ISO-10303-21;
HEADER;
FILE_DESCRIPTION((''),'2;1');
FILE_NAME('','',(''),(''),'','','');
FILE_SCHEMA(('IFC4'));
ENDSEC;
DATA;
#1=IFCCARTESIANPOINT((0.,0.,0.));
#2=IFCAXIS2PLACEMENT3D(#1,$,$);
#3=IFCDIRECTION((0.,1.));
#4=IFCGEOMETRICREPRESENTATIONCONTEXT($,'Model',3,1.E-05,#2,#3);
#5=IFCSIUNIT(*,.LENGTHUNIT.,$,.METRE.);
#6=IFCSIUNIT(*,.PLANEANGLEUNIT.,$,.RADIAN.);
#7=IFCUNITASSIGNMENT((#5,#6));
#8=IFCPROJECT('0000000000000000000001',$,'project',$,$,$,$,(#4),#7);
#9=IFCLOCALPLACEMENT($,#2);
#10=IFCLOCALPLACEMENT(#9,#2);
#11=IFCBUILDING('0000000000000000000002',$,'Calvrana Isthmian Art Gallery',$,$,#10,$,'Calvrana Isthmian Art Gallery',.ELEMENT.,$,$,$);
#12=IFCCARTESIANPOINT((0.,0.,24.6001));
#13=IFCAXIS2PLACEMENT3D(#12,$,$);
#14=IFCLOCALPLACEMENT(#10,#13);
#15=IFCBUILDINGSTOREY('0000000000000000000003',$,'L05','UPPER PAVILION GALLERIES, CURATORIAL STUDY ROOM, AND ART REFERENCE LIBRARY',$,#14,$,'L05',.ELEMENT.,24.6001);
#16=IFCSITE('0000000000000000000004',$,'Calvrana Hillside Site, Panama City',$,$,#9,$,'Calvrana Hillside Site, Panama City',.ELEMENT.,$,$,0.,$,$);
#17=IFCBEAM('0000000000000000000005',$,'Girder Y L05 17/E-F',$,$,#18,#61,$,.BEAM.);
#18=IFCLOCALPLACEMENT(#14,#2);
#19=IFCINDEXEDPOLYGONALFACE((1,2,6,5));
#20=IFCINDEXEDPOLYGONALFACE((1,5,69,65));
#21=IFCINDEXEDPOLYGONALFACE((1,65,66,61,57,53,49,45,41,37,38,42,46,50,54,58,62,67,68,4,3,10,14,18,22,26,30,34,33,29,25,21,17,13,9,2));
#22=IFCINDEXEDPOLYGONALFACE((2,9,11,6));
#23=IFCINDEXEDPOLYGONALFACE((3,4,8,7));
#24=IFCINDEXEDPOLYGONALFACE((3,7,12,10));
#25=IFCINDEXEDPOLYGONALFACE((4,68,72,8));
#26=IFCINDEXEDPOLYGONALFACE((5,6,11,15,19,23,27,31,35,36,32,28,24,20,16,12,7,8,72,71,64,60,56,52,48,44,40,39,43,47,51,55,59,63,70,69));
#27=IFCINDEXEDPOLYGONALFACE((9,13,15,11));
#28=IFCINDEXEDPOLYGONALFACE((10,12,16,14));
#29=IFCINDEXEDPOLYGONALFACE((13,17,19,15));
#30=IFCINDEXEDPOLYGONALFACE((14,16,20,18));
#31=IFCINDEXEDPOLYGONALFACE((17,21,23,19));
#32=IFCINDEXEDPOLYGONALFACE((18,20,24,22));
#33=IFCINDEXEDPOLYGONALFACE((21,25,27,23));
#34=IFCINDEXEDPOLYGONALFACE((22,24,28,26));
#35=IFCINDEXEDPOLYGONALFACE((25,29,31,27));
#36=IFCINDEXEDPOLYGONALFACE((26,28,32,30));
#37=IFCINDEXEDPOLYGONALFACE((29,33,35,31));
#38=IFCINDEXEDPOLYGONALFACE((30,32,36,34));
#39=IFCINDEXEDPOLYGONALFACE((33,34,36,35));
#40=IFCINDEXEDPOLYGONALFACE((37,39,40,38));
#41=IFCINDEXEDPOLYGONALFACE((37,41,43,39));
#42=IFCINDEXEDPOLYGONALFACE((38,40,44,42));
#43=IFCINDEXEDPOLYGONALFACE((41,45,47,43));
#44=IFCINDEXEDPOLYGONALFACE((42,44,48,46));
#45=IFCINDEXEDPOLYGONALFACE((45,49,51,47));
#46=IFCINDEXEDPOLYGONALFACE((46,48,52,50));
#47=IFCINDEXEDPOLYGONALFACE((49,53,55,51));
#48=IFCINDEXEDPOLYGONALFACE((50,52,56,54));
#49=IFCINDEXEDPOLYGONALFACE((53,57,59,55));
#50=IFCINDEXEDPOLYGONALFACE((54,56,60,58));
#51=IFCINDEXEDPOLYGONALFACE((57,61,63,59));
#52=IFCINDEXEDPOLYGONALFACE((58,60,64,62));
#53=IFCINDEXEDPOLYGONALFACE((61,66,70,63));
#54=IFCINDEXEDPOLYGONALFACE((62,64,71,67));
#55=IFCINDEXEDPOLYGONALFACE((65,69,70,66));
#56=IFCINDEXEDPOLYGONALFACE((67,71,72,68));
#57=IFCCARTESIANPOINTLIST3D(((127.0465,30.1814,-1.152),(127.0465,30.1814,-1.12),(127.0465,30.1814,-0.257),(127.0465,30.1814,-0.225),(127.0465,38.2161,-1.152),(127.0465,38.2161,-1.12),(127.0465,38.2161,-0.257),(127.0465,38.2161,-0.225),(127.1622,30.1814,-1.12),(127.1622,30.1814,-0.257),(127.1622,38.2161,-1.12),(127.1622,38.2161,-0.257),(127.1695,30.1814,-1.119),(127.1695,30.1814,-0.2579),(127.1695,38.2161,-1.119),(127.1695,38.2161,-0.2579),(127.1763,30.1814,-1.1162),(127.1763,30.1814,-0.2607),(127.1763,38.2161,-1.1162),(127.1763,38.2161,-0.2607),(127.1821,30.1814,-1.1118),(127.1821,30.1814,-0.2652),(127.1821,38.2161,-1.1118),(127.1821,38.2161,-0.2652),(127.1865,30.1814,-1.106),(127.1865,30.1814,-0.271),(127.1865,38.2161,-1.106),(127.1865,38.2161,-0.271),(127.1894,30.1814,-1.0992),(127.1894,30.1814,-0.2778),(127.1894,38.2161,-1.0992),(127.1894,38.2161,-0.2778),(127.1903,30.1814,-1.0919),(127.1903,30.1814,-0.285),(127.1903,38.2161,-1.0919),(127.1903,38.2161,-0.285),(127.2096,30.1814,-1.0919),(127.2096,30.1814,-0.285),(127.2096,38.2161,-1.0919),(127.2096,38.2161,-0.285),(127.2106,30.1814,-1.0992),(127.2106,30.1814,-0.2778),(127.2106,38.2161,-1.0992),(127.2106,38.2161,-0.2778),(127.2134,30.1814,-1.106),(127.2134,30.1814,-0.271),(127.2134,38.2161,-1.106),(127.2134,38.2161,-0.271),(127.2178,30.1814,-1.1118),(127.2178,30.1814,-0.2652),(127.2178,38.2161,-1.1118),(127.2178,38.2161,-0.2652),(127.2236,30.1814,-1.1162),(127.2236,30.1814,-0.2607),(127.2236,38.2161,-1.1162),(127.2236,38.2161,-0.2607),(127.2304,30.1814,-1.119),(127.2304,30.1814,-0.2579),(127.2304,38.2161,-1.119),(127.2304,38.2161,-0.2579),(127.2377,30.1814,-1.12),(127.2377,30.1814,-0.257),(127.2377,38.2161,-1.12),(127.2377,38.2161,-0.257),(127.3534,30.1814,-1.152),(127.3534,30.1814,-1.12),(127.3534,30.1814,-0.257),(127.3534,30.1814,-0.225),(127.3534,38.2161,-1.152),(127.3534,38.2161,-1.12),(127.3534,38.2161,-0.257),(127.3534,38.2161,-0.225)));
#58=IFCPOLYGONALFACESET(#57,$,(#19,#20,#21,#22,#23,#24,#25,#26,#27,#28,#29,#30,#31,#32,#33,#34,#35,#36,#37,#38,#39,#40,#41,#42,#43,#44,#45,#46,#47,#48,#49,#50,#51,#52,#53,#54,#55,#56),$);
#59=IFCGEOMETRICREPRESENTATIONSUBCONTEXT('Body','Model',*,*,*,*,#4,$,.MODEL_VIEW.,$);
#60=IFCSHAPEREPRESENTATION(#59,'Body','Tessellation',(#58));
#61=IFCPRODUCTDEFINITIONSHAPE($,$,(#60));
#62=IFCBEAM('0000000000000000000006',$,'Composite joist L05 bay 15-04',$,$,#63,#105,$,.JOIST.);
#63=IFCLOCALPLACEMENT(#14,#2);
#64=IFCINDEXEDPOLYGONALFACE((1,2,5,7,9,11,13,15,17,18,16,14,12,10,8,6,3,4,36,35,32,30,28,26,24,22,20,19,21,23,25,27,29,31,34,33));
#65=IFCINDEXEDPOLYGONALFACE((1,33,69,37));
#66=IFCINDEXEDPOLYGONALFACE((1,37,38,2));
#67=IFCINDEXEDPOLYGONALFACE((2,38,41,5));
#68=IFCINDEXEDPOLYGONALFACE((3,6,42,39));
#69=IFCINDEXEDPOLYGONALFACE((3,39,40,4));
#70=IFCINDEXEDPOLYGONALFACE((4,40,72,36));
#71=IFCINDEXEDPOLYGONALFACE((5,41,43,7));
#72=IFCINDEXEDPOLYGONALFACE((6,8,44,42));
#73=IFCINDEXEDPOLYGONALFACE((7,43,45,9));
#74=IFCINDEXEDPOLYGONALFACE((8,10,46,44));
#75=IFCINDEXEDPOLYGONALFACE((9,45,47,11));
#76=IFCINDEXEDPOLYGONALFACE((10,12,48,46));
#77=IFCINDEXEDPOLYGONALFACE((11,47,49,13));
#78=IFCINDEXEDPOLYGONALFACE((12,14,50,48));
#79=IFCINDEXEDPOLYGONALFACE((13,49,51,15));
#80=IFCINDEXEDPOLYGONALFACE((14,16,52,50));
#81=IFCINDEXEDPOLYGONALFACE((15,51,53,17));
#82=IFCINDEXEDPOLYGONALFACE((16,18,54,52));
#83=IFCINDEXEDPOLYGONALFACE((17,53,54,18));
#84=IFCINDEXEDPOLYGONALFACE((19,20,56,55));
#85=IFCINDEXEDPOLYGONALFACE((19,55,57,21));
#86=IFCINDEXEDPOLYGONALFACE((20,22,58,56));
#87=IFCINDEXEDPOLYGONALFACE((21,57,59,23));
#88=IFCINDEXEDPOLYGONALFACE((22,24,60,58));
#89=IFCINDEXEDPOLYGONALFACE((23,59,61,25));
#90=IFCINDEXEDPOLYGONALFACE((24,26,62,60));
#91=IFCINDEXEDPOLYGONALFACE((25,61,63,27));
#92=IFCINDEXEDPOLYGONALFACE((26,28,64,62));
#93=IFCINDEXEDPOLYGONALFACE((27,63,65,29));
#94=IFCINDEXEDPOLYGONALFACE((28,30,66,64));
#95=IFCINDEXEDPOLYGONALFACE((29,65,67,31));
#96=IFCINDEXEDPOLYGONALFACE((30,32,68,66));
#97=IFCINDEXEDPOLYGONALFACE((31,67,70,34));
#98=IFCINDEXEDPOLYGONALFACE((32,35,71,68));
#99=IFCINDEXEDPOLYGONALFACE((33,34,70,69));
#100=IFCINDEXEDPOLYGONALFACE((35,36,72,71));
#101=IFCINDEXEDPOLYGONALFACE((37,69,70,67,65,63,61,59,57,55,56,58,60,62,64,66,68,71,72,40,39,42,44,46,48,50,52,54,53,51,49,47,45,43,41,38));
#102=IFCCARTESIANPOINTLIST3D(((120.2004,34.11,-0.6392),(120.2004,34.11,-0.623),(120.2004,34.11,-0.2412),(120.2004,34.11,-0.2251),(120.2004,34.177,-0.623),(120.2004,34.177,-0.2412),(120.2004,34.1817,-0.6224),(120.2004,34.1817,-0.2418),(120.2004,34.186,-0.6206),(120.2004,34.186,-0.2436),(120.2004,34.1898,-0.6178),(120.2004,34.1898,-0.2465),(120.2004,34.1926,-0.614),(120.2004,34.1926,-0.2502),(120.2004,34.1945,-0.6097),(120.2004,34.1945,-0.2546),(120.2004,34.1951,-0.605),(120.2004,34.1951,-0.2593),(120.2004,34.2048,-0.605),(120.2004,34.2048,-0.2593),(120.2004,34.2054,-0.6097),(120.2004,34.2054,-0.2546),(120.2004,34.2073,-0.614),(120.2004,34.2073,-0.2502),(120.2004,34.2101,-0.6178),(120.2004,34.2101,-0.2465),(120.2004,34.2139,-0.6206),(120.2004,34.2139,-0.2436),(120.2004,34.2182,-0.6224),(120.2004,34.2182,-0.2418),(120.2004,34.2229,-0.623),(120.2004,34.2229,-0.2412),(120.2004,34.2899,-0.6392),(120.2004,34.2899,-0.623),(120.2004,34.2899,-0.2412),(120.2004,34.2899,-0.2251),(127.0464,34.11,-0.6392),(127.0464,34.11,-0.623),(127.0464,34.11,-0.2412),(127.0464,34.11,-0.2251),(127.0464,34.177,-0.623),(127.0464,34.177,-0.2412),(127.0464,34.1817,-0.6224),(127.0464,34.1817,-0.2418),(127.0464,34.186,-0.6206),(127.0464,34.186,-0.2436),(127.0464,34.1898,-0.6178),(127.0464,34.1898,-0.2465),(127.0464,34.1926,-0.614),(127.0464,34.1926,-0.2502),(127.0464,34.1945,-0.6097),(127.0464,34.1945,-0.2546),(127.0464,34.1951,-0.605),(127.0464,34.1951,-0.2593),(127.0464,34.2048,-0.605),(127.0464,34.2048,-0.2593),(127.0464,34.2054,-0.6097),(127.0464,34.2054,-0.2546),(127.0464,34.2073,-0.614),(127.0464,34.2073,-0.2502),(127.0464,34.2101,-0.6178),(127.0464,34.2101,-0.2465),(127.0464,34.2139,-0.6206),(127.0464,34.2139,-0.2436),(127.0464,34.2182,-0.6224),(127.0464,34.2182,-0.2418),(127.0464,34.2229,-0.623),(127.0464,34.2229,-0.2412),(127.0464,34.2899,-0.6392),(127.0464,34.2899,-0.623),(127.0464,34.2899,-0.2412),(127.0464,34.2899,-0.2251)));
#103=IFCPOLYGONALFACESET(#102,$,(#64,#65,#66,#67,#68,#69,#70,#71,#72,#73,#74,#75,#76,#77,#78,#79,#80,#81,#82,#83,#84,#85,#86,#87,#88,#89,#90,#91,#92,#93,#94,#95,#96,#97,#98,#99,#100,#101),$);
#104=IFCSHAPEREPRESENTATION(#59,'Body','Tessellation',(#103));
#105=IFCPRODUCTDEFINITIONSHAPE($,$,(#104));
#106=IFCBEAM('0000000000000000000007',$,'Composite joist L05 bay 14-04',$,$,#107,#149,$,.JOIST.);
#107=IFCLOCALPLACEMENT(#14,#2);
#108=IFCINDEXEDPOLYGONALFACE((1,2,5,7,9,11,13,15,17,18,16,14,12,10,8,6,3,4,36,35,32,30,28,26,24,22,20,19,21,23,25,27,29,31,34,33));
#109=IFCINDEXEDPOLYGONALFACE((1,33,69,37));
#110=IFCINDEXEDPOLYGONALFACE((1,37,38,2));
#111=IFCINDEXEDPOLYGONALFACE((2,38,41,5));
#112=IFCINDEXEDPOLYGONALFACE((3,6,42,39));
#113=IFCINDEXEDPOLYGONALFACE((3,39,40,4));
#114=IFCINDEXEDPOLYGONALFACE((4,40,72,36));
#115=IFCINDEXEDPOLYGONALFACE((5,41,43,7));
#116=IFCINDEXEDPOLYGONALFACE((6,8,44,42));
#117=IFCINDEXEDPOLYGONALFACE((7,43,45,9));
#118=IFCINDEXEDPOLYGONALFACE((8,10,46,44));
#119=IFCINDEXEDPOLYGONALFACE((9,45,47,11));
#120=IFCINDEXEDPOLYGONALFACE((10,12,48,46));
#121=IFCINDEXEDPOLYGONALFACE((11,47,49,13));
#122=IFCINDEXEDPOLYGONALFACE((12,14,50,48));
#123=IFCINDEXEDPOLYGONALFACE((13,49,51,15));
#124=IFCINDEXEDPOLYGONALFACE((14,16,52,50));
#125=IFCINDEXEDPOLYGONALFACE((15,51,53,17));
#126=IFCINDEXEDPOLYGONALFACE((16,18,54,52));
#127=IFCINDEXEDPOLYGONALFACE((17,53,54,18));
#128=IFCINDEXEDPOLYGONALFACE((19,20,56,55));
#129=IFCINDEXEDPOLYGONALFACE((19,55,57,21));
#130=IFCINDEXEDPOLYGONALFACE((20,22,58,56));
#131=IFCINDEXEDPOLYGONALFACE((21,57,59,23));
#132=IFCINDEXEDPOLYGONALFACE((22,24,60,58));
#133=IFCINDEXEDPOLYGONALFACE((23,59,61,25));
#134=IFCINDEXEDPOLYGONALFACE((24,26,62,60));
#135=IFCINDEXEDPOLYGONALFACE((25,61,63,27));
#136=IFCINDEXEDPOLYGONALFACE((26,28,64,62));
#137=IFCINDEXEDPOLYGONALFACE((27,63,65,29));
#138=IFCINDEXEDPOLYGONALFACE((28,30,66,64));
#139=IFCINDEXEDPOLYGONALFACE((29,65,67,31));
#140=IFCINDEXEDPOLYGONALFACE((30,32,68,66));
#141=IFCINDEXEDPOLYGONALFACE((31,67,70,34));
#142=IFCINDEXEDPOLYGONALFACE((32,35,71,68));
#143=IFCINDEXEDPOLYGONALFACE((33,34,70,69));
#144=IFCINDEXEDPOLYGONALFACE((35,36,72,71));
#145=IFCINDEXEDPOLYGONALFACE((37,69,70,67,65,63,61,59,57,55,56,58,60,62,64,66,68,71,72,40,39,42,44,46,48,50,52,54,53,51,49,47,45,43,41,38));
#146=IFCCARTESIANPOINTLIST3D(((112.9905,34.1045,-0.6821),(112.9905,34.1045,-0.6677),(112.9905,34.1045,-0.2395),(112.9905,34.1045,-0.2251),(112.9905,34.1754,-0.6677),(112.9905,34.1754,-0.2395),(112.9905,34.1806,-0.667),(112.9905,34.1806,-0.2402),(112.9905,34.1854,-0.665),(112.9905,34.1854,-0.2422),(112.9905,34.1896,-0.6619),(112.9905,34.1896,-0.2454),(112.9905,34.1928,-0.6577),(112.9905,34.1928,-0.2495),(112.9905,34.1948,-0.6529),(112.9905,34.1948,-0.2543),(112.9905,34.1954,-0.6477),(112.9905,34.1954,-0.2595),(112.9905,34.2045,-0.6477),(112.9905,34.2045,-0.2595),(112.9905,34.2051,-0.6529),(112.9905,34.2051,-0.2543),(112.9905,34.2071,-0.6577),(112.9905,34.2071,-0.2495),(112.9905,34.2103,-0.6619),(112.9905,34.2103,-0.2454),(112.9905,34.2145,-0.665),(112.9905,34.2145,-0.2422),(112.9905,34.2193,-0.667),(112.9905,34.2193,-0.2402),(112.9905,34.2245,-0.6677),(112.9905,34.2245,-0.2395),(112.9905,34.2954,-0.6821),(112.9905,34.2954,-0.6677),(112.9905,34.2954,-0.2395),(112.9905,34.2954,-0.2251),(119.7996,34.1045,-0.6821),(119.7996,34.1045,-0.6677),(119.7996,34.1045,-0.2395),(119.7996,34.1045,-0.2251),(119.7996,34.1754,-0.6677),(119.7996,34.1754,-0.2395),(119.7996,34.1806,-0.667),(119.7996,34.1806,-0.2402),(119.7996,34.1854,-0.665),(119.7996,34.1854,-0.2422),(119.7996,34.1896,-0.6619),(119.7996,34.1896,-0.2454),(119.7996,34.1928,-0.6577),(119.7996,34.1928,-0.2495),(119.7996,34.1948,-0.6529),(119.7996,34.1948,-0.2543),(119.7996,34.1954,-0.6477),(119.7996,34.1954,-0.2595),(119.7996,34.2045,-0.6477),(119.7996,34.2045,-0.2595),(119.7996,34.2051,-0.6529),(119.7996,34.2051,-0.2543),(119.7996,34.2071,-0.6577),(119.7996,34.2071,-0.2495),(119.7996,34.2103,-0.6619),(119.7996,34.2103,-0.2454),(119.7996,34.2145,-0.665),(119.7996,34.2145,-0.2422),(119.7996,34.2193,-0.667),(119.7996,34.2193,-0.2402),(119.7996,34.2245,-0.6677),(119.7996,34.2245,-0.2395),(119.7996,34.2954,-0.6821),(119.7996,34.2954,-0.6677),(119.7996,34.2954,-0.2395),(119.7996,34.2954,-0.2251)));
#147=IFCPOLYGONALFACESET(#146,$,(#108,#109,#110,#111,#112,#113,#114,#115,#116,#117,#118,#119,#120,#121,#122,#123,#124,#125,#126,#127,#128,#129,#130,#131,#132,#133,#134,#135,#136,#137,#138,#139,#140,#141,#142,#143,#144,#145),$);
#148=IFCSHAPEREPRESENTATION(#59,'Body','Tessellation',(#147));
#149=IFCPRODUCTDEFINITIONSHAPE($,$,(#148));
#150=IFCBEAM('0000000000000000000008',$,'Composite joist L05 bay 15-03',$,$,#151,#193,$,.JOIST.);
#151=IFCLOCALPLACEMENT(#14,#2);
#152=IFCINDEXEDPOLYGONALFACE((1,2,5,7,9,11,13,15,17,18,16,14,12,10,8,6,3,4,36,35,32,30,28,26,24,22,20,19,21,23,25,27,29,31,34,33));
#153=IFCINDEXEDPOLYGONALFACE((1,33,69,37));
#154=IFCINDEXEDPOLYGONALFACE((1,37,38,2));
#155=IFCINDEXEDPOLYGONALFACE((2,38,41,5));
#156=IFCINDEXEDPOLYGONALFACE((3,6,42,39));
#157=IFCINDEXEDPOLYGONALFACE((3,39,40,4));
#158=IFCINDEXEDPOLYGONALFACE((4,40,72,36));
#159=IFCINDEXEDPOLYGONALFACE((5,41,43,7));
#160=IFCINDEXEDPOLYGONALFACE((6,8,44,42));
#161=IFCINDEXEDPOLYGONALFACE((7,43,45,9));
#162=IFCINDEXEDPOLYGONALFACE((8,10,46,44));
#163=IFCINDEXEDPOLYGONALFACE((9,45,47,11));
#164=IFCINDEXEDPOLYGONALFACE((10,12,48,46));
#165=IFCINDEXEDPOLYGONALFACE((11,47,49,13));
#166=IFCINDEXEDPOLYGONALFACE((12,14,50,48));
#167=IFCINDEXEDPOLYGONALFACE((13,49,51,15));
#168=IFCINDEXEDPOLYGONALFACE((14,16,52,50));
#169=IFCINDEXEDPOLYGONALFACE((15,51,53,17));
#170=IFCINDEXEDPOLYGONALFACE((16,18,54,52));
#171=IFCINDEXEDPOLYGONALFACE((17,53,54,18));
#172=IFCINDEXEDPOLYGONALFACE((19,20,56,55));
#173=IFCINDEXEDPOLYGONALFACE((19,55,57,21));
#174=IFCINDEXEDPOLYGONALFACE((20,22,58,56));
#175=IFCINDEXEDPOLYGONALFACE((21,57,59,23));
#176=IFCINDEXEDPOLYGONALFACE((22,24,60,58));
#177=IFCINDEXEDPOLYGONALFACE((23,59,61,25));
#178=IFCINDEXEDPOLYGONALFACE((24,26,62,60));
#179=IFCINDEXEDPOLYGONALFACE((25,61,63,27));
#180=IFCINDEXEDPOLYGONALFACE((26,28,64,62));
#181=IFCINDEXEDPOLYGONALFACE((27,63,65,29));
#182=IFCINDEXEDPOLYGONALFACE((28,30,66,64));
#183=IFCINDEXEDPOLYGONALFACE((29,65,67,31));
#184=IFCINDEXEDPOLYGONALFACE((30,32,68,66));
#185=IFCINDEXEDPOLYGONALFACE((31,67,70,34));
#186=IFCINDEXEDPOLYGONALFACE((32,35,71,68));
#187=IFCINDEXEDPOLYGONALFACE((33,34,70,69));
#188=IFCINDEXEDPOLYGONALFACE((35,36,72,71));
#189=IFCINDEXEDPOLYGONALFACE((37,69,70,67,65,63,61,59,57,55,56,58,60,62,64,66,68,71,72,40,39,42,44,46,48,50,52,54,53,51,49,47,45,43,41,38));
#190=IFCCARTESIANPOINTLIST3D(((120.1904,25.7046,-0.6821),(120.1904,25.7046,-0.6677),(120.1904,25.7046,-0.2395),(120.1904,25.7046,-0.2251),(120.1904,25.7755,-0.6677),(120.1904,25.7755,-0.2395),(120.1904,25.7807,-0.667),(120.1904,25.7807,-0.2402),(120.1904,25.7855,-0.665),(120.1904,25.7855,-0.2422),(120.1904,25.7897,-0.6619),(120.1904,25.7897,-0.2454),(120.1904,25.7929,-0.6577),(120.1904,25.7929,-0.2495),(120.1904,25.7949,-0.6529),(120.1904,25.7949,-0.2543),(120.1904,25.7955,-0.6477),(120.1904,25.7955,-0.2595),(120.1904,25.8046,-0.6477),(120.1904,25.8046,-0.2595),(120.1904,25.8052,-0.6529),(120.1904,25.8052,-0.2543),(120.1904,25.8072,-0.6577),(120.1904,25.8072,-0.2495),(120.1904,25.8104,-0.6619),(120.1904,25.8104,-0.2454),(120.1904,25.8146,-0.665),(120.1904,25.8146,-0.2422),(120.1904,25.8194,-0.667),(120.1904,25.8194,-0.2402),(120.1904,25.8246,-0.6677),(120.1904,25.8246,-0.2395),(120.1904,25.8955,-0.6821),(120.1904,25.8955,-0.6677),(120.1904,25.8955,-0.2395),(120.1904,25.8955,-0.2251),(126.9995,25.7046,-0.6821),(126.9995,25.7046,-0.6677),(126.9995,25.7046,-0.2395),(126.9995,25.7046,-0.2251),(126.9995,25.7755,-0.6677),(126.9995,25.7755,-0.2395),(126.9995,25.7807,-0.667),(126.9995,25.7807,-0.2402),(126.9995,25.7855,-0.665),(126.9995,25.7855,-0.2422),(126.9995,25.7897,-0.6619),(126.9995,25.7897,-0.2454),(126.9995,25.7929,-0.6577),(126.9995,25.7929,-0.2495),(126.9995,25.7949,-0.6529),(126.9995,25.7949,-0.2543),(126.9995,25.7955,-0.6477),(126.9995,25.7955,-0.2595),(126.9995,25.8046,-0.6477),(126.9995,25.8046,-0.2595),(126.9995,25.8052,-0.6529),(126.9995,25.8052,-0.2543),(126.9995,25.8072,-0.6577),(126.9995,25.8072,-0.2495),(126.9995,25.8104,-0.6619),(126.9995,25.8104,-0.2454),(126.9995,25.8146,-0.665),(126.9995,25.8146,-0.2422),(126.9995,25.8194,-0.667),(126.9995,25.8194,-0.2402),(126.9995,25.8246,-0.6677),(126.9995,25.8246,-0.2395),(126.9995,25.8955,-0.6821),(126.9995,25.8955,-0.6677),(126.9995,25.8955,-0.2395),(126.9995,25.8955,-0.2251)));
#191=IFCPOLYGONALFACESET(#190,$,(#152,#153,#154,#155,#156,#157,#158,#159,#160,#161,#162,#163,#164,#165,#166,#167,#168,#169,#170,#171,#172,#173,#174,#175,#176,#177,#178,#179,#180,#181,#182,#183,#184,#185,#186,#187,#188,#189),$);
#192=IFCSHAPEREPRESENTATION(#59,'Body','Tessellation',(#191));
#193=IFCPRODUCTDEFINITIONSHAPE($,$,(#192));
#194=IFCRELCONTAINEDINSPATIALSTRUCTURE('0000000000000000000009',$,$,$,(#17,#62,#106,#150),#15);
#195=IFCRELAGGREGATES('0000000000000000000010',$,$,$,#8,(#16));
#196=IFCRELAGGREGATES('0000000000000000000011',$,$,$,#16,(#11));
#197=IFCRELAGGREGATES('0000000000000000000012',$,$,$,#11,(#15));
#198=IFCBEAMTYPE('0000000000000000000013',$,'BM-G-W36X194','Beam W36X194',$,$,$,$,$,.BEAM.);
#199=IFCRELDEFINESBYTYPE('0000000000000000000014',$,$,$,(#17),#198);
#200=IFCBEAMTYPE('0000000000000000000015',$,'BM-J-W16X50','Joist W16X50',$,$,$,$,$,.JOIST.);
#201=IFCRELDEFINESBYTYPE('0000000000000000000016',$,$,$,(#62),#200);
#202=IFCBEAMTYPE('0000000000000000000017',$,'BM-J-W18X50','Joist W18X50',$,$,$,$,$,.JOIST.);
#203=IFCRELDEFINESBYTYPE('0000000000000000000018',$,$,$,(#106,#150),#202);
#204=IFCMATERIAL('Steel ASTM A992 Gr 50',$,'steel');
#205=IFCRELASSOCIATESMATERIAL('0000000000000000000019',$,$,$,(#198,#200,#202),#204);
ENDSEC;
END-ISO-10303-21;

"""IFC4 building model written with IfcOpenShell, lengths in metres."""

from ifc_helpers import new_model, si_unit, direction, frame, origin, origin_2d, place, context, subcontext, project, spatial, i_section, extrude, material, material_profile, profile_set, type_object, element, save


model = new_model("IFC4")

# Units and contexts
model_context = context("Model", 3, precision=1e-05, world=origin(), true_north=direction((0.0, 1.0)))
body_context = subcontext(model_context, "Body", "Model", "MODEL_VIEW")
ifc_project = project(units=[si_unit("LENGTHUNIT", "METRE"), si_unit("PLANEANGLEUNIT", "RADIAN")], contexts=[model_context])

# Site, building, storey
site_placement = place(None, origin())
site = spatial("IfcSite", under=ifc_project, at=site_placement, Name="Calvrana Hillside Site, Panama City", LongName="Calvrana Hillside Site, Panama City", CompositionType="ELEMENT", RefElevation=0.0)
building_placement = place(site_placement, origin())
building = spatial("IfcBuilding", under=site, at=building_placement, Name="Calvrana Isthmian Art Gallery", LongName="Calvrana Isthmian Art Gallery", CompositionType="ELEMENT")
storey_placement = place(building_placement, frame((0.0, 0.0, 24.6001)))
storey = spatial("IfcBuildingStorey", under=building, at=storey_placement, Name="L05", Description="UPPER PAVILION GALLERIES, CURATORIAL STUDY ROOM, AND ART REFERENCE LIBRARY", LongName="L05", CompositionType="ELEMENT", Elevation=24.6001)

# Beams
ifc_material_1 = material(Name="Steel ASTM A992 Gr 50", Category="steel")
ifc_material_profile_1 = material_profile(ifc_material_1, i_section(OverallWidth=0.3069, OverallDepth=0.927, WebThickness=0.0193, FlangeThickness=0.032, FilletRadius=0.0281, at=origin_2d()), Name="W36X194")
ifc_profile_set_1 = profile_set([ifc_material_profile_1], Name="Steel ASTM A992 Gr 50")
beam_type_1 = type_object("IfcBeamType", Name="BM-G-W36X194", Description="Beam W36X194", PredefinedType="BEAM", material=ifc_profile_set_1)
beam_1_placement = place(storey_placement, frame((127.2, 30.1814, -0.6885), z_axis=(0.0, 1.0, 0.0), x_axis=(-1.0, 0.0, 0.0)))
element("IfcBeam", 1, at=beam_1_placement, inside=storey, type_object=beam_type_1, Name="Girder Y L05 17/E-F", PredefinedType="BEAM", context=body_context, shape_type="SweptSolid", body=[
    extrude(i_section(OverallWidth=0.3069, OverallDepth=0.927, WebThickness=0.0193, FlangeThickness=0.032, FilletRadius=0.0281, at=origin_2d()), origin(), (0.0, 0.0, 1.0), 8.0347),
])
ifc_material_profile_2 = material_profile(ifc_material_1, i_section(OverallWidth=0.1799, OverallDepth=0.4141, WebThickness=0.0098, FlangeThickness=0.0161, FilletRadius=0.0181, at=origin_2d()), Name="W16X50")
ifc_profile_set_2 = profile_set([ifc_material_profile_2], Name="Steel ASTM A992 Gr 50")
beam_type_2 = type_object("IfcBeamType", Name="BM-J-W16X50", Description="Joist W16X50", PredefinedType="JOIST", material=ifc_profile_set_2)
beam_2_placement = place(storey_placement, frame((120.2004, 34.2, -0.4321), z_axis=(1.0, 0.0, 0.0), x_axis=(0.0, 1.0, 0.0)))
element("IfcBeam", 2, at=beam_2_placement, inside=storey, type_object=beam_type_2, Name="Composite joist L05 bay 15-04", PredefinedType="JOIST", context=body_context, shape_type="SweptSolid", body=[
    extrude(i_section(OverallWidth=0.1799, OverallDepth=0.4141, WebThickness=0.0098, FlangeThickness=0.0161, FilletRadius=0.0181, at=origin_2d()), origin(), (0.0, 0.0, 1.0), 6.8459),
])
ifc_material_profile_3 = material_profile(ifc_material_1, i_section(OverallWidth=0.1909, OverallDepth=0.457, WebThickness=0.009, FlangeThickness=0.0144, FilletRadius=0.02, at=origin_2d()), Name="W18X50")
ifc_profile_set_3 = profile_set([ifc_material_profile_3], Name="Steel ASTM A992 Gr 50")
beam_type_3 = type_object("IfcBeamType", Name="BM-J-W18X50", Description="Joist W18X50", PredefinedType="JOIST", material=ifc_profile_set_3)
for number, where, z_axis, x_axis, name in (
    (3, (112.9905, 34.2, -0.4536), (1.0, 0.0, 0.0), (0.0, 1.0, 0.0), "Composite joist L05 bay 14-04"),
    (4, (120.1904, 25.8, -0.4536), (1.0, 0.0, 0.0), (0.0, 1.0, 0.0), "Composite joist L05 bay 15-03"),
):
    element("IfcBeam", number, at=place(storey_placement, frame(where, z_axis=z_axis, x_axis=x_axis)), inside=storey, type_object=beam_type_3, Name=name, PredefinedType="JOIST", context=body_context, shape_type="SweptSolid", body=[
        extrude(i_section(OverallWidth=0.1909, OverallDepth=0.457, WebThickness=0.009, FlangeThickness=0.0144, FilletRadius=0.02, at=origin_2d()), origin(), (0.0, 0.0, 1.0), 6.8091),
    ])

save(model, "model.ifc")
